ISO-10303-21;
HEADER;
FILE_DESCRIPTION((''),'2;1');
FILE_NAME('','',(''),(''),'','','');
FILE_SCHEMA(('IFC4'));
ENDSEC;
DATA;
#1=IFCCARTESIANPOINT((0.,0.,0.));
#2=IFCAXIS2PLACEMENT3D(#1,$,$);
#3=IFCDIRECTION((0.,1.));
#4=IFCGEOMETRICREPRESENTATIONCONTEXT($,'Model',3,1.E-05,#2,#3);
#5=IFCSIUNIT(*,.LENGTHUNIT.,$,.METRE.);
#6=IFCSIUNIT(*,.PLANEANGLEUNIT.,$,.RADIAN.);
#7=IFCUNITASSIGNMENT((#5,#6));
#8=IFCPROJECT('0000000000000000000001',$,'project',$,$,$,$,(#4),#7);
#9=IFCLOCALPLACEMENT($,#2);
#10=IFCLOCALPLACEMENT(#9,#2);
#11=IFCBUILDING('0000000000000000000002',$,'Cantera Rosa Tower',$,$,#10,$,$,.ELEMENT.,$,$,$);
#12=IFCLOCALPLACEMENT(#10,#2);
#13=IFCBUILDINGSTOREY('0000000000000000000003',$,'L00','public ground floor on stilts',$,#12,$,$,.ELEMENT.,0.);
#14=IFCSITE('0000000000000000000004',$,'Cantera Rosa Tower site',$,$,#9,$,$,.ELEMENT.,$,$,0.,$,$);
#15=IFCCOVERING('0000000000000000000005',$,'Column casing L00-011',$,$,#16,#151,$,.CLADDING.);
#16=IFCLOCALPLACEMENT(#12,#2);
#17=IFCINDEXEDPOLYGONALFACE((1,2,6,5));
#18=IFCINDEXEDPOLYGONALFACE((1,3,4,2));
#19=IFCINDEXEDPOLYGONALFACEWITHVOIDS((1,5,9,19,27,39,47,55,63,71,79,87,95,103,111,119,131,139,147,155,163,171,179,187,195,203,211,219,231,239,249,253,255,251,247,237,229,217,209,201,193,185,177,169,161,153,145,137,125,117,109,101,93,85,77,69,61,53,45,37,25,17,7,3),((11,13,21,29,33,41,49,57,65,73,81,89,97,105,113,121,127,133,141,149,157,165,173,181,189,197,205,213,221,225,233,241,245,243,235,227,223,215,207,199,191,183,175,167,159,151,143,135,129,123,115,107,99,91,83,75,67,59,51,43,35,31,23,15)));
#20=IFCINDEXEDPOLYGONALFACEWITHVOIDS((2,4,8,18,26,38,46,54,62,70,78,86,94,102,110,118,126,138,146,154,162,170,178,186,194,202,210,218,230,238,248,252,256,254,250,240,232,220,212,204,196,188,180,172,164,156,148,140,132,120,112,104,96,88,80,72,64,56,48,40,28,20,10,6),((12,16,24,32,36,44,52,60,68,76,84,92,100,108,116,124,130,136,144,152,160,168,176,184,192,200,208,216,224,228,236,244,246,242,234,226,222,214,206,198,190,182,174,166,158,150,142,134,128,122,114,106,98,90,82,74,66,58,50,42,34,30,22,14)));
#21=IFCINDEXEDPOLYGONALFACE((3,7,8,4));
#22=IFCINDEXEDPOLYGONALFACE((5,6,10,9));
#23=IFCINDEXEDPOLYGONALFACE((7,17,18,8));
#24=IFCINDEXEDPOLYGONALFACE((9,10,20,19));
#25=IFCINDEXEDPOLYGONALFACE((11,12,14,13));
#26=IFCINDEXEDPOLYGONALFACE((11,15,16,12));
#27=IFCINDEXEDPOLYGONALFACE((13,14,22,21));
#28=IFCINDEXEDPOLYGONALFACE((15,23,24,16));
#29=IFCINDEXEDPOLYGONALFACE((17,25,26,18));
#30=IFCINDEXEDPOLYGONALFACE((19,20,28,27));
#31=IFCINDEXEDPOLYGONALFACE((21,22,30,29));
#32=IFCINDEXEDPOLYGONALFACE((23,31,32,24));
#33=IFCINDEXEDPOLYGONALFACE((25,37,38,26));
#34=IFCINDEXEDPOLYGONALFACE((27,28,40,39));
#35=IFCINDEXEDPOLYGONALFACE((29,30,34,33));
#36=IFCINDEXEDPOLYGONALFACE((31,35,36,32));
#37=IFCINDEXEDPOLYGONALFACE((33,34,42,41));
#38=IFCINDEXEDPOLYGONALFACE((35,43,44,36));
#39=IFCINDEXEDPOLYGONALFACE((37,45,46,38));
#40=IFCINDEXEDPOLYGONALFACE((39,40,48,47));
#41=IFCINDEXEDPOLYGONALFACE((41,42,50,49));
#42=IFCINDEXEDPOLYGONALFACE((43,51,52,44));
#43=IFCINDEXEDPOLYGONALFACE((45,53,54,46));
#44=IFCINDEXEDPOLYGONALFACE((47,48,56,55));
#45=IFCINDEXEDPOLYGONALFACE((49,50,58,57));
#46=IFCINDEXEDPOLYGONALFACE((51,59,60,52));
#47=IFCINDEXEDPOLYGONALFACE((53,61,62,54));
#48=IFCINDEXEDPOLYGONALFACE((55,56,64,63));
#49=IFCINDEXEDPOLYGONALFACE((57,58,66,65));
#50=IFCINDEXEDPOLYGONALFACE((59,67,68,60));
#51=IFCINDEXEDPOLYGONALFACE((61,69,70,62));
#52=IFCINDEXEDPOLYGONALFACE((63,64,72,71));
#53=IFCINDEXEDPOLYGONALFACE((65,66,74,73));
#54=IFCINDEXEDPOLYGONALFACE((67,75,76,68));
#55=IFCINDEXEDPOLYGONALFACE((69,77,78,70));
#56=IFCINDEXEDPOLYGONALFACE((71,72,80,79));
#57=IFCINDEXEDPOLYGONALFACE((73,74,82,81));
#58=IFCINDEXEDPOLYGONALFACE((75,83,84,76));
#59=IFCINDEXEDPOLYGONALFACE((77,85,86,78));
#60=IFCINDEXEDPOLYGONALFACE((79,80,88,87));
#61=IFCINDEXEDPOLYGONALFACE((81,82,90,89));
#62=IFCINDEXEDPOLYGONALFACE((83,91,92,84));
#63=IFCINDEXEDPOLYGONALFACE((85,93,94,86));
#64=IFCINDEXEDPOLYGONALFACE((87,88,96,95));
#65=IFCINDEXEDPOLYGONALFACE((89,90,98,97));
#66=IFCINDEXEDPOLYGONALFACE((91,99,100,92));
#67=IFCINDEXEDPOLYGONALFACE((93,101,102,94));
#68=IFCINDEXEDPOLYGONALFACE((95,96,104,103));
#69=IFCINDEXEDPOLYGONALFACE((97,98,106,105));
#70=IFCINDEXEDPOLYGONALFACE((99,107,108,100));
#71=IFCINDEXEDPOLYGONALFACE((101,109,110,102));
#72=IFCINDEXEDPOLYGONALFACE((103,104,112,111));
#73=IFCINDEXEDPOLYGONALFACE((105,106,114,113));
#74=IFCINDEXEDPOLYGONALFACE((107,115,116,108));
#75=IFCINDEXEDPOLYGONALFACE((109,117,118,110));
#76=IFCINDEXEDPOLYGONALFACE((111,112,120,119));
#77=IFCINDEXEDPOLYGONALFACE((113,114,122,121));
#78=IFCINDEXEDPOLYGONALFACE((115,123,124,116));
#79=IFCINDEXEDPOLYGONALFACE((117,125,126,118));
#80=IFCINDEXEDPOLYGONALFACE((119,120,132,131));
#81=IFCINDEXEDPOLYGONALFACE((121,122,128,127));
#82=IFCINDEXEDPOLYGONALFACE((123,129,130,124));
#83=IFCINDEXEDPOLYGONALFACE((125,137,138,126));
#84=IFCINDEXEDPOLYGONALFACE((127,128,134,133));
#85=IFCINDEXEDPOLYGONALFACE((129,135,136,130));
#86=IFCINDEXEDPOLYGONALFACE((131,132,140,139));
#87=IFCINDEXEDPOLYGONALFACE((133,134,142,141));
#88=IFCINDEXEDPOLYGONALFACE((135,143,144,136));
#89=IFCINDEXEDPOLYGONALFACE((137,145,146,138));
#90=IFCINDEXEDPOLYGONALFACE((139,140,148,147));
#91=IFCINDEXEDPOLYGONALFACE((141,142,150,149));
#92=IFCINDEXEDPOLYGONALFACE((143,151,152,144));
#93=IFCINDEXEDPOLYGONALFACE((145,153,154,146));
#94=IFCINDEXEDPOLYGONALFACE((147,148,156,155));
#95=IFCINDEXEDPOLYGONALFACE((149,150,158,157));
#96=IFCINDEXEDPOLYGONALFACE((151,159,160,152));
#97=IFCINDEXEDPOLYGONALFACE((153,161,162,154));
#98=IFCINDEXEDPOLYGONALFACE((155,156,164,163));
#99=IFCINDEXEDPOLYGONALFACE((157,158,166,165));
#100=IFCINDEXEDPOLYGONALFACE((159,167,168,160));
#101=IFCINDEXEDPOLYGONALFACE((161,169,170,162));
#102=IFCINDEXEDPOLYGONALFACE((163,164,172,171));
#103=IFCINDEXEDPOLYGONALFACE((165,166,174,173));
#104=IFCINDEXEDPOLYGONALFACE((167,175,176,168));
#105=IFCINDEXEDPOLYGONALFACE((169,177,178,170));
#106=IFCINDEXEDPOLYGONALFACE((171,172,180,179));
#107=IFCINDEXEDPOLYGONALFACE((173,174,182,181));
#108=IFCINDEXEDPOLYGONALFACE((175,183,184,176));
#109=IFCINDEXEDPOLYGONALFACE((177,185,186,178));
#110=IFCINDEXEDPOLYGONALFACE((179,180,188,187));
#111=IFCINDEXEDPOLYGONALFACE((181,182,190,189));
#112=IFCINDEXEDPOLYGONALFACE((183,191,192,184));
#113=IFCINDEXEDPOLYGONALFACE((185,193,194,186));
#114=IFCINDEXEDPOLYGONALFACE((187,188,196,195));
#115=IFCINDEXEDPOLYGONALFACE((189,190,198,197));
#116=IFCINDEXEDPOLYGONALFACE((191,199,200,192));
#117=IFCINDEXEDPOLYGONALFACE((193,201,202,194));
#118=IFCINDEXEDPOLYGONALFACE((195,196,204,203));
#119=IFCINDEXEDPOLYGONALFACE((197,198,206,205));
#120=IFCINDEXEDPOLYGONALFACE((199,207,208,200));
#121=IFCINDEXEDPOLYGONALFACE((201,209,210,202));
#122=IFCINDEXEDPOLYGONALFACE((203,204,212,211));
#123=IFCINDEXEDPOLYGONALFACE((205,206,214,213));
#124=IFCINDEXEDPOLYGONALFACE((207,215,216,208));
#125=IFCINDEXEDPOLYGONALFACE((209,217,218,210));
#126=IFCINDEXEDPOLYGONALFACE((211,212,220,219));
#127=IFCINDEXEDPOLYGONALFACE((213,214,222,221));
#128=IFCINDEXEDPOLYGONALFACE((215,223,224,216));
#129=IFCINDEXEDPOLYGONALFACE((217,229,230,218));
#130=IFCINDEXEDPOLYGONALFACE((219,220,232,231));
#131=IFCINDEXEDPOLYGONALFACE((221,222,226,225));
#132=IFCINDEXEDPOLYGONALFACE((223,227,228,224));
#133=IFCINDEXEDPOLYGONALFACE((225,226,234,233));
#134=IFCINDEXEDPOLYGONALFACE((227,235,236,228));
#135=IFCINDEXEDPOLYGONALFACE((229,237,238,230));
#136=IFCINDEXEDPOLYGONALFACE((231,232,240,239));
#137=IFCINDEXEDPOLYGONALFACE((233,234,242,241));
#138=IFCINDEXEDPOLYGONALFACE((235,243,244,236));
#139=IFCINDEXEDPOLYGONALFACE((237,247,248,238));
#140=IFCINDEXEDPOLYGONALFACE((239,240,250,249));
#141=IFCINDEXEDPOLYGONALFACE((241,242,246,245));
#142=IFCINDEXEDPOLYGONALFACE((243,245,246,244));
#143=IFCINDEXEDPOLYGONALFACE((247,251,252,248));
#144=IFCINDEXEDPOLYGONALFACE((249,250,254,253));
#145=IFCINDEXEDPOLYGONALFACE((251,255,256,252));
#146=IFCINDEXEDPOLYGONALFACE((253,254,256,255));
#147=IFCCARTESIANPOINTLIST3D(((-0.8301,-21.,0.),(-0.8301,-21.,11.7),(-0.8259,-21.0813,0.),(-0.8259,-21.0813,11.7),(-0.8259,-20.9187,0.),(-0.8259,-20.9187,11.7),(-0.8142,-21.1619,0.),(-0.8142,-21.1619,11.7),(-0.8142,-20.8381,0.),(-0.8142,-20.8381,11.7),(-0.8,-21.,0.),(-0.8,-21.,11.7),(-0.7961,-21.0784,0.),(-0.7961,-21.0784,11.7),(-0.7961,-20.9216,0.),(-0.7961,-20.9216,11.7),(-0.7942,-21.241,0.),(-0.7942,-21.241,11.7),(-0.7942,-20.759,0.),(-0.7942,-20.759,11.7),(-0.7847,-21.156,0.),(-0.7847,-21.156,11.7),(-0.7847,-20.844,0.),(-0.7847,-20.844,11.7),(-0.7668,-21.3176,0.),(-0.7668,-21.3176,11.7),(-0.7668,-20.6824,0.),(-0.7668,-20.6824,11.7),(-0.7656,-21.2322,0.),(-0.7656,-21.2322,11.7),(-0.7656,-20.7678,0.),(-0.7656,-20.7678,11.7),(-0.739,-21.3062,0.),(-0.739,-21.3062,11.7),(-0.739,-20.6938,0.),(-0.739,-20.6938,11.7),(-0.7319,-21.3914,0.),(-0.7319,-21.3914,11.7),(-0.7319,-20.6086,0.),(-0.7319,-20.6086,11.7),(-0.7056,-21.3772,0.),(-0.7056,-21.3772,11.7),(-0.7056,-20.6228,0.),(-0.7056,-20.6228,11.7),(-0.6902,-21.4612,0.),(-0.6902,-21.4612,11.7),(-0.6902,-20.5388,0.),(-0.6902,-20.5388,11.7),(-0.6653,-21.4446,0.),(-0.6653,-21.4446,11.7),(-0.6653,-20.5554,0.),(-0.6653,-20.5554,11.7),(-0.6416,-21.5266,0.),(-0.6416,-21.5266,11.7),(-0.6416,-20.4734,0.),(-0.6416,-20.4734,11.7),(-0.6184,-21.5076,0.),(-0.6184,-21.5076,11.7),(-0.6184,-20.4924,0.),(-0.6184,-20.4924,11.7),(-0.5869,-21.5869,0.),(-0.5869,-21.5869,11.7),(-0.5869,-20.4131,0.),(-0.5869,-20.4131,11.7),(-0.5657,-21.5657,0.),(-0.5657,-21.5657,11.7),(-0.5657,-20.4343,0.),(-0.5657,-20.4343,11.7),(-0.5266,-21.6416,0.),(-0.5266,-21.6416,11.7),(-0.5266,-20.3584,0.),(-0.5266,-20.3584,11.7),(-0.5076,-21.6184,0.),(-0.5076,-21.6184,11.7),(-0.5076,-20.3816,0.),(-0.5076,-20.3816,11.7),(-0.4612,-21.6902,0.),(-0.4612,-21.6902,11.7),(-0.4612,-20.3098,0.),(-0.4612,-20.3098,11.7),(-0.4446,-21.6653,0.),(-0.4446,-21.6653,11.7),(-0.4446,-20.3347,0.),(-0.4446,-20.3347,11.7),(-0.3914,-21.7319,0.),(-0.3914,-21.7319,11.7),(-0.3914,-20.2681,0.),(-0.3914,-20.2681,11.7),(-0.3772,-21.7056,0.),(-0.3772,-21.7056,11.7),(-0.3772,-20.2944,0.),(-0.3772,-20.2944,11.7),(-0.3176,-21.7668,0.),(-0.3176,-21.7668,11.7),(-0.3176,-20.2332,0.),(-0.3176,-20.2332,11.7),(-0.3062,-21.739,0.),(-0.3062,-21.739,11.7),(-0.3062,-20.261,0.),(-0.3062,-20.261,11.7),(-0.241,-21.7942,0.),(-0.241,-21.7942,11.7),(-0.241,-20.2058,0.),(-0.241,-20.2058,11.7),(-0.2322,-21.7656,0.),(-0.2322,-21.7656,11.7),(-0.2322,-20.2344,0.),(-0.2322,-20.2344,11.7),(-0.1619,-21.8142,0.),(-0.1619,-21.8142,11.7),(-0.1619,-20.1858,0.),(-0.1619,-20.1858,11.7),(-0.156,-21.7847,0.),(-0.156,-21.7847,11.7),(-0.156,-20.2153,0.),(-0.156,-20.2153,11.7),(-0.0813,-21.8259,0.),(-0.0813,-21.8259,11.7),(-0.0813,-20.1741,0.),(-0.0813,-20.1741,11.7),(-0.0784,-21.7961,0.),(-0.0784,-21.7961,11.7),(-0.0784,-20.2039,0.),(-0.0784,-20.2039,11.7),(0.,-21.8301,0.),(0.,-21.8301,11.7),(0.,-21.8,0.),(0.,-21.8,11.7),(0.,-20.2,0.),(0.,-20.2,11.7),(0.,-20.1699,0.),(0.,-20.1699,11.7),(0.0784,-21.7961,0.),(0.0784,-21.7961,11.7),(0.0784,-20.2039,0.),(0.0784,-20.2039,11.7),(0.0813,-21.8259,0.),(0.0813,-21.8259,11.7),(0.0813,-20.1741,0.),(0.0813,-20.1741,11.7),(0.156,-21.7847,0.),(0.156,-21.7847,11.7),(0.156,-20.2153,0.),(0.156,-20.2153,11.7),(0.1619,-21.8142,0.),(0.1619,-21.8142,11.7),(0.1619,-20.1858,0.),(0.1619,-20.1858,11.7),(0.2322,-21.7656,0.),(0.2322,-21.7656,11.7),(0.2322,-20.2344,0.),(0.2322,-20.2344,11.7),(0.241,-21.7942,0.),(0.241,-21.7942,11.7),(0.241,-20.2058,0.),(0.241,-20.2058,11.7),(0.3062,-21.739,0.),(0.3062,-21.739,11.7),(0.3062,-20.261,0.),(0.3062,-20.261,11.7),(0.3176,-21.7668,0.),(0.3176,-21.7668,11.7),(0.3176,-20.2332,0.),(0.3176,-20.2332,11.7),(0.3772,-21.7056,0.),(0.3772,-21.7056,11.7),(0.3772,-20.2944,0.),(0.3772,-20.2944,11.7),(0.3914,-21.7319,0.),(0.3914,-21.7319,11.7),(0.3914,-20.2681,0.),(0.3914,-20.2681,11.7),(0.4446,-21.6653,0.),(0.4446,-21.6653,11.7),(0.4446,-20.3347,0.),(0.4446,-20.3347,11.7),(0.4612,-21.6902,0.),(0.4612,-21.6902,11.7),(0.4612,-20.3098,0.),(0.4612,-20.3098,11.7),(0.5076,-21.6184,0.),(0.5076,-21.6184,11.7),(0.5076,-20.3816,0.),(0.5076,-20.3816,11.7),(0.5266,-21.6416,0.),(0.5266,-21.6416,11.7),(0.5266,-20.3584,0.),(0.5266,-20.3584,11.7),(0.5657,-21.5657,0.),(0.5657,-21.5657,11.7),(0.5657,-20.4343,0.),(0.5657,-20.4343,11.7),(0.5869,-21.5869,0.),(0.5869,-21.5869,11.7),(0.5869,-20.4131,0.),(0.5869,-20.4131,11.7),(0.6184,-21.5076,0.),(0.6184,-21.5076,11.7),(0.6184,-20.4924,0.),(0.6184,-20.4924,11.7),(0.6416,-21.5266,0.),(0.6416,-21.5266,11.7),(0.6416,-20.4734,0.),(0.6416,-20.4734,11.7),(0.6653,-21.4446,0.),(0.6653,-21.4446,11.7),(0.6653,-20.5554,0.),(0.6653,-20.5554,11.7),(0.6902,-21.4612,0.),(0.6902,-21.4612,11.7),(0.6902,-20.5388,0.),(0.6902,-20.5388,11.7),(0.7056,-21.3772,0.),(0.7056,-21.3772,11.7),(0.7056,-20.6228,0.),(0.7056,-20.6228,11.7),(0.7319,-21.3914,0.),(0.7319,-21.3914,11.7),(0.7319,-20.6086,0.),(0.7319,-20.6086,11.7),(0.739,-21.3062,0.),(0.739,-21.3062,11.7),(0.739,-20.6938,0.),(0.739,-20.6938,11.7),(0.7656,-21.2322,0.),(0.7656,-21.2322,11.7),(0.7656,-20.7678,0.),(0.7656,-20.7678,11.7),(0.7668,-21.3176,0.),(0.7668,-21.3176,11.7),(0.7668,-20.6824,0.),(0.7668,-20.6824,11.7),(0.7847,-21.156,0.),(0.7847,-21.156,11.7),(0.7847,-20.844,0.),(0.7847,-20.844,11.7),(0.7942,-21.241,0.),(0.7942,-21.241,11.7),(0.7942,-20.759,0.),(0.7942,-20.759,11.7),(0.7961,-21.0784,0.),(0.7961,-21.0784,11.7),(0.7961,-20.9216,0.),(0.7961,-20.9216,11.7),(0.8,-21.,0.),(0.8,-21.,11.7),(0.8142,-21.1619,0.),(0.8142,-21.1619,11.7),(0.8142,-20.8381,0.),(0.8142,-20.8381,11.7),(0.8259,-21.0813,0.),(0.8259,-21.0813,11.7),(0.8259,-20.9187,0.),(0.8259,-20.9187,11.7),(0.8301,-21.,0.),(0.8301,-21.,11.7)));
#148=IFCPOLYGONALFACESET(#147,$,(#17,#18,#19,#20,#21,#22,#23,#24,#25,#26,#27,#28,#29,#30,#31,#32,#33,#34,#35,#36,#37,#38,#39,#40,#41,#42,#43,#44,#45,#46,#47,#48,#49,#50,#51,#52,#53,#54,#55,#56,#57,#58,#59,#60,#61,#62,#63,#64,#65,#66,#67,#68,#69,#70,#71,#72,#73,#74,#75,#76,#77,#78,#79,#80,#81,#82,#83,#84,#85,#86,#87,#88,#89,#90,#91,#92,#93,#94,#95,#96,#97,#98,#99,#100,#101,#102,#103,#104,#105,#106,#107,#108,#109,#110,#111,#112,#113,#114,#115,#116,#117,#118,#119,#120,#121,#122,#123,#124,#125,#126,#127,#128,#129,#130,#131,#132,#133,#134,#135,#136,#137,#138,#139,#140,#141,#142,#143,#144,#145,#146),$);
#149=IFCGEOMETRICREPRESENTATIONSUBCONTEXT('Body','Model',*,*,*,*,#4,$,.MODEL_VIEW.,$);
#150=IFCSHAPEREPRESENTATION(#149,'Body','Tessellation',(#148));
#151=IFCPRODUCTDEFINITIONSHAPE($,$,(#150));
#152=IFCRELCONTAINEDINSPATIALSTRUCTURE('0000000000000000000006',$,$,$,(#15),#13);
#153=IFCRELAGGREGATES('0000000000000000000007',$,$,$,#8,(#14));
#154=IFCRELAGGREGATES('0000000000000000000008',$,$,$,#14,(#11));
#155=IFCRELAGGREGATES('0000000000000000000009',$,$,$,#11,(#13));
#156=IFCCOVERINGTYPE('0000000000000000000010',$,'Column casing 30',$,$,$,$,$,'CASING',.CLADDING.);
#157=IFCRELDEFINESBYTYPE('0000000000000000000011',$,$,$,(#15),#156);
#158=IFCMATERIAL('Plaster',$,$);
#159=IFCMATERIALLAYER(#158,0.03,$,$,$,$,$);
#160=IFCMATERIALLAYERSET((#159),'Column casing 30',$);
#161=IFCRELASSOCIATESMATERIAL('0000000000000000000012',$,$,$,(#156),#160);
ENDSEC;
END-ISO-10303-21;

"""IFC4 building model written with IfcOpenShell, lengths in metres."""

from ifc_helpers import new_model, si_unit, direction, origin, place, context, subcontext, project, spatial, polyline, outline, extrude, material, layer, layer_set, type_object, element, save


model = new_model("IFC4")

# Units and contexts
model_context = context("Model", 3, precision=1e-05, world=origin(), true_north=direction((0.0, 1.0)))
body_context = subcontext(model_context, "Body", "Model", "MODEL_VIEW")
ifc_project = project(units=[si_unit("LENGTHUNIT", "METRE"), si_unit("PLANEANGLEUNIT", "RADIAN")], contexts=[model_context])

# Site, building, storey
site_placement = place(None, origin())
site = spatial("IfcSite", under=ifc_project, at=site_placement, Name="Cantera Rosa Tower site", CompositionType="ELEMENT", RefElevation=0.0)
building_placement = place(site_placement, origin())
building = spatial("IfcBuilding", under=site, at=building_placement, Name="Cantera Rosa Tower", CompositionType="ELEMENT")
storey_placement = place(building_placement, origin())
storey = spatial("IfcBuildingStorey", under=building, at=storey_placement, Name="L00", Description="public ground floor on stilts", CompositionType="ELEMENT", Elevation=0.0)

# Covering
ifc_material_1 = material(Name="Plaster")
ifc_layer_1 = layer(ifc_material_1, 0.03)
ifc_layer_set_1 = layer_set([ifc_layer_1], Name="Column casing 30")
covering_type = type_object("IfcCoveringType", Name="Column casing 30", ElementType="CASING", PredefinedType="CLADDING", material=ifc_layer_set_1)
covering_1_placement = place(storey_placement, origin())
element("IfcCovering", 1, at=covering_1_placement, inside=storey, type_object=covering_type, Name="Column casing L00-011", PredefinedType="CLADDING", context=body_context, shape_type="SweptSolid", body=[
    extrude(outline(polyline([(0.8259, -21.0813), (0.8301, -21.0), (0.8259, -20.9187), (0.8142, -20.8381), (0.7942, -20.759), (0.7668, -20.6824), (0.7319, -20.6086), (0.6902, -20.5388), (0.6416, -20.4734), (0.5869, -20.4131), (0.5266, -20.3584), (0.4612, -20.3098), (0.3914, -20.2681), (0.3176, -20.2332), (0.241, -20.2058), (0.1619, -20.1858), (0.0813, -20.1741), (0.0, -20.1699), (-0.0813, -20.1741), (-0.1619, -20.1858), (-0.241, -20.2058), (-0.3176, -20.2332), (-0.3914, -20.2681), (-0.4612, -20.3098), (-0.5266, -20.3584), (-0.5869, -20.4131), (-0.6416, -20.4734), (-0.6902, -20.5388), (-0.7319, -20.6086), (-0.7668, -20.6824), (-0.7942, -20.759), (-0.8142, -20.8381), (-0.8259, -20.9187), (-0.8301, -21.0), (-0.8259, -21.0813), (-0.8142, -21.1619), (-0.7942, -21.241), (-0.7668, -21.3176), (-0.7319, -21.3914), (-0.6902, -21.4612), (-0.6416, -21.5266), (-0.5869, -21.5869), (-0.5266, -21.6416), (-0.4612, -21.6902), (-0.3914, -21.7319), (-0.3176, -21.7668), (-0.241, -21.7942), (-0.1619, -21.8142), (-0.0813, -21.8259), (0.0, -21.8301), (0.0813, -21.8259), (0.1619, -21.8142), (0.241, -21.7942), (0.3176, -21.7668), (0.3914, -21.7319), (0.4612, -21.6902), (0.5266, -21.6416), (0.5869, -21.5869), (0.6416, -21.5266), (0.6902, -21.4612), (0.7319, -21.3914), (0.7668, -21.3176), (0.7942, -21.241), (0.8142, -21.1619), (0.8259, -21.0813)]), holes=[polyline([(0.7961, -20.9216), (0.7847, -20.844), (0.7656, -20.7678), (0.739, -20.6938), (0.7056, -20.6228), (0.6653, -20.5554), (0.6184, -20.4924), (0.5657, -20.4343), (0.5076, -20.3816), (0.4446, -20.3347), (0.3772, -20.2944), (0.3062, -20.261), (0.2322, -20.2344), (0.156, -20.2153), (0.0784, -20.2039), (0.0, -20.2), (-0.0784, -20.2039), (-0.156, -20.2153), (-0.2322, -20.2344), (-0.3062, -20.261), (-0.3772, -20.2944), (-0.4446, -20.3347), (-0.5076, -20.3816), (-0.5657, -20.4343), (-0.6184, -20.4924), (-0.6653, -20.5554), (-0.7056, -20.6228), (-0.739, -20.6938), (-0.7656, -20.7678), (-0.7847, -20.844), (-0.7961, -20.9216), (-0.8, -21.0), (-0.7961, -21.0784), (-0.7847, -21.156), (-0.7656, -21.2322), (-0.739, -21.3062), (-0.7056, -21.3772), (-0.6653, -21.4446), (-0.6184, -21.5076), (-0.5657, -21.5657), (-0.5076, -21.6184), (-0.4446, -21.6653), (-0.3772, -21.7056), (-0.3062, -21.739), (-0.2322, -21.7656), (-0.156, -21.7847), (-0.0784, -21.7961), (0.0, -21.8), (0.0784, -21.7961), (0.156, -21.7847), (0.2322, -21.7656), (0.3062, -21.739), (0.3772, -21.7056), (0.4446, -21.6653), (0.5076, -21.6184), (0.5657, -21.5657), (0.6184, -21.5076), (0.6653, -21.4446), (0.7056, -21.3772), (0.739, -21.3062), (0.7656, -21.2322), (0.7847, -21.156), (0.7961, -21.0784), (0.8, -21.0), (0.7961, -20.9216)])]), origin(), (0.0, 0.0, 1.0), 11.7),
])

save(model, "model.ifc")
